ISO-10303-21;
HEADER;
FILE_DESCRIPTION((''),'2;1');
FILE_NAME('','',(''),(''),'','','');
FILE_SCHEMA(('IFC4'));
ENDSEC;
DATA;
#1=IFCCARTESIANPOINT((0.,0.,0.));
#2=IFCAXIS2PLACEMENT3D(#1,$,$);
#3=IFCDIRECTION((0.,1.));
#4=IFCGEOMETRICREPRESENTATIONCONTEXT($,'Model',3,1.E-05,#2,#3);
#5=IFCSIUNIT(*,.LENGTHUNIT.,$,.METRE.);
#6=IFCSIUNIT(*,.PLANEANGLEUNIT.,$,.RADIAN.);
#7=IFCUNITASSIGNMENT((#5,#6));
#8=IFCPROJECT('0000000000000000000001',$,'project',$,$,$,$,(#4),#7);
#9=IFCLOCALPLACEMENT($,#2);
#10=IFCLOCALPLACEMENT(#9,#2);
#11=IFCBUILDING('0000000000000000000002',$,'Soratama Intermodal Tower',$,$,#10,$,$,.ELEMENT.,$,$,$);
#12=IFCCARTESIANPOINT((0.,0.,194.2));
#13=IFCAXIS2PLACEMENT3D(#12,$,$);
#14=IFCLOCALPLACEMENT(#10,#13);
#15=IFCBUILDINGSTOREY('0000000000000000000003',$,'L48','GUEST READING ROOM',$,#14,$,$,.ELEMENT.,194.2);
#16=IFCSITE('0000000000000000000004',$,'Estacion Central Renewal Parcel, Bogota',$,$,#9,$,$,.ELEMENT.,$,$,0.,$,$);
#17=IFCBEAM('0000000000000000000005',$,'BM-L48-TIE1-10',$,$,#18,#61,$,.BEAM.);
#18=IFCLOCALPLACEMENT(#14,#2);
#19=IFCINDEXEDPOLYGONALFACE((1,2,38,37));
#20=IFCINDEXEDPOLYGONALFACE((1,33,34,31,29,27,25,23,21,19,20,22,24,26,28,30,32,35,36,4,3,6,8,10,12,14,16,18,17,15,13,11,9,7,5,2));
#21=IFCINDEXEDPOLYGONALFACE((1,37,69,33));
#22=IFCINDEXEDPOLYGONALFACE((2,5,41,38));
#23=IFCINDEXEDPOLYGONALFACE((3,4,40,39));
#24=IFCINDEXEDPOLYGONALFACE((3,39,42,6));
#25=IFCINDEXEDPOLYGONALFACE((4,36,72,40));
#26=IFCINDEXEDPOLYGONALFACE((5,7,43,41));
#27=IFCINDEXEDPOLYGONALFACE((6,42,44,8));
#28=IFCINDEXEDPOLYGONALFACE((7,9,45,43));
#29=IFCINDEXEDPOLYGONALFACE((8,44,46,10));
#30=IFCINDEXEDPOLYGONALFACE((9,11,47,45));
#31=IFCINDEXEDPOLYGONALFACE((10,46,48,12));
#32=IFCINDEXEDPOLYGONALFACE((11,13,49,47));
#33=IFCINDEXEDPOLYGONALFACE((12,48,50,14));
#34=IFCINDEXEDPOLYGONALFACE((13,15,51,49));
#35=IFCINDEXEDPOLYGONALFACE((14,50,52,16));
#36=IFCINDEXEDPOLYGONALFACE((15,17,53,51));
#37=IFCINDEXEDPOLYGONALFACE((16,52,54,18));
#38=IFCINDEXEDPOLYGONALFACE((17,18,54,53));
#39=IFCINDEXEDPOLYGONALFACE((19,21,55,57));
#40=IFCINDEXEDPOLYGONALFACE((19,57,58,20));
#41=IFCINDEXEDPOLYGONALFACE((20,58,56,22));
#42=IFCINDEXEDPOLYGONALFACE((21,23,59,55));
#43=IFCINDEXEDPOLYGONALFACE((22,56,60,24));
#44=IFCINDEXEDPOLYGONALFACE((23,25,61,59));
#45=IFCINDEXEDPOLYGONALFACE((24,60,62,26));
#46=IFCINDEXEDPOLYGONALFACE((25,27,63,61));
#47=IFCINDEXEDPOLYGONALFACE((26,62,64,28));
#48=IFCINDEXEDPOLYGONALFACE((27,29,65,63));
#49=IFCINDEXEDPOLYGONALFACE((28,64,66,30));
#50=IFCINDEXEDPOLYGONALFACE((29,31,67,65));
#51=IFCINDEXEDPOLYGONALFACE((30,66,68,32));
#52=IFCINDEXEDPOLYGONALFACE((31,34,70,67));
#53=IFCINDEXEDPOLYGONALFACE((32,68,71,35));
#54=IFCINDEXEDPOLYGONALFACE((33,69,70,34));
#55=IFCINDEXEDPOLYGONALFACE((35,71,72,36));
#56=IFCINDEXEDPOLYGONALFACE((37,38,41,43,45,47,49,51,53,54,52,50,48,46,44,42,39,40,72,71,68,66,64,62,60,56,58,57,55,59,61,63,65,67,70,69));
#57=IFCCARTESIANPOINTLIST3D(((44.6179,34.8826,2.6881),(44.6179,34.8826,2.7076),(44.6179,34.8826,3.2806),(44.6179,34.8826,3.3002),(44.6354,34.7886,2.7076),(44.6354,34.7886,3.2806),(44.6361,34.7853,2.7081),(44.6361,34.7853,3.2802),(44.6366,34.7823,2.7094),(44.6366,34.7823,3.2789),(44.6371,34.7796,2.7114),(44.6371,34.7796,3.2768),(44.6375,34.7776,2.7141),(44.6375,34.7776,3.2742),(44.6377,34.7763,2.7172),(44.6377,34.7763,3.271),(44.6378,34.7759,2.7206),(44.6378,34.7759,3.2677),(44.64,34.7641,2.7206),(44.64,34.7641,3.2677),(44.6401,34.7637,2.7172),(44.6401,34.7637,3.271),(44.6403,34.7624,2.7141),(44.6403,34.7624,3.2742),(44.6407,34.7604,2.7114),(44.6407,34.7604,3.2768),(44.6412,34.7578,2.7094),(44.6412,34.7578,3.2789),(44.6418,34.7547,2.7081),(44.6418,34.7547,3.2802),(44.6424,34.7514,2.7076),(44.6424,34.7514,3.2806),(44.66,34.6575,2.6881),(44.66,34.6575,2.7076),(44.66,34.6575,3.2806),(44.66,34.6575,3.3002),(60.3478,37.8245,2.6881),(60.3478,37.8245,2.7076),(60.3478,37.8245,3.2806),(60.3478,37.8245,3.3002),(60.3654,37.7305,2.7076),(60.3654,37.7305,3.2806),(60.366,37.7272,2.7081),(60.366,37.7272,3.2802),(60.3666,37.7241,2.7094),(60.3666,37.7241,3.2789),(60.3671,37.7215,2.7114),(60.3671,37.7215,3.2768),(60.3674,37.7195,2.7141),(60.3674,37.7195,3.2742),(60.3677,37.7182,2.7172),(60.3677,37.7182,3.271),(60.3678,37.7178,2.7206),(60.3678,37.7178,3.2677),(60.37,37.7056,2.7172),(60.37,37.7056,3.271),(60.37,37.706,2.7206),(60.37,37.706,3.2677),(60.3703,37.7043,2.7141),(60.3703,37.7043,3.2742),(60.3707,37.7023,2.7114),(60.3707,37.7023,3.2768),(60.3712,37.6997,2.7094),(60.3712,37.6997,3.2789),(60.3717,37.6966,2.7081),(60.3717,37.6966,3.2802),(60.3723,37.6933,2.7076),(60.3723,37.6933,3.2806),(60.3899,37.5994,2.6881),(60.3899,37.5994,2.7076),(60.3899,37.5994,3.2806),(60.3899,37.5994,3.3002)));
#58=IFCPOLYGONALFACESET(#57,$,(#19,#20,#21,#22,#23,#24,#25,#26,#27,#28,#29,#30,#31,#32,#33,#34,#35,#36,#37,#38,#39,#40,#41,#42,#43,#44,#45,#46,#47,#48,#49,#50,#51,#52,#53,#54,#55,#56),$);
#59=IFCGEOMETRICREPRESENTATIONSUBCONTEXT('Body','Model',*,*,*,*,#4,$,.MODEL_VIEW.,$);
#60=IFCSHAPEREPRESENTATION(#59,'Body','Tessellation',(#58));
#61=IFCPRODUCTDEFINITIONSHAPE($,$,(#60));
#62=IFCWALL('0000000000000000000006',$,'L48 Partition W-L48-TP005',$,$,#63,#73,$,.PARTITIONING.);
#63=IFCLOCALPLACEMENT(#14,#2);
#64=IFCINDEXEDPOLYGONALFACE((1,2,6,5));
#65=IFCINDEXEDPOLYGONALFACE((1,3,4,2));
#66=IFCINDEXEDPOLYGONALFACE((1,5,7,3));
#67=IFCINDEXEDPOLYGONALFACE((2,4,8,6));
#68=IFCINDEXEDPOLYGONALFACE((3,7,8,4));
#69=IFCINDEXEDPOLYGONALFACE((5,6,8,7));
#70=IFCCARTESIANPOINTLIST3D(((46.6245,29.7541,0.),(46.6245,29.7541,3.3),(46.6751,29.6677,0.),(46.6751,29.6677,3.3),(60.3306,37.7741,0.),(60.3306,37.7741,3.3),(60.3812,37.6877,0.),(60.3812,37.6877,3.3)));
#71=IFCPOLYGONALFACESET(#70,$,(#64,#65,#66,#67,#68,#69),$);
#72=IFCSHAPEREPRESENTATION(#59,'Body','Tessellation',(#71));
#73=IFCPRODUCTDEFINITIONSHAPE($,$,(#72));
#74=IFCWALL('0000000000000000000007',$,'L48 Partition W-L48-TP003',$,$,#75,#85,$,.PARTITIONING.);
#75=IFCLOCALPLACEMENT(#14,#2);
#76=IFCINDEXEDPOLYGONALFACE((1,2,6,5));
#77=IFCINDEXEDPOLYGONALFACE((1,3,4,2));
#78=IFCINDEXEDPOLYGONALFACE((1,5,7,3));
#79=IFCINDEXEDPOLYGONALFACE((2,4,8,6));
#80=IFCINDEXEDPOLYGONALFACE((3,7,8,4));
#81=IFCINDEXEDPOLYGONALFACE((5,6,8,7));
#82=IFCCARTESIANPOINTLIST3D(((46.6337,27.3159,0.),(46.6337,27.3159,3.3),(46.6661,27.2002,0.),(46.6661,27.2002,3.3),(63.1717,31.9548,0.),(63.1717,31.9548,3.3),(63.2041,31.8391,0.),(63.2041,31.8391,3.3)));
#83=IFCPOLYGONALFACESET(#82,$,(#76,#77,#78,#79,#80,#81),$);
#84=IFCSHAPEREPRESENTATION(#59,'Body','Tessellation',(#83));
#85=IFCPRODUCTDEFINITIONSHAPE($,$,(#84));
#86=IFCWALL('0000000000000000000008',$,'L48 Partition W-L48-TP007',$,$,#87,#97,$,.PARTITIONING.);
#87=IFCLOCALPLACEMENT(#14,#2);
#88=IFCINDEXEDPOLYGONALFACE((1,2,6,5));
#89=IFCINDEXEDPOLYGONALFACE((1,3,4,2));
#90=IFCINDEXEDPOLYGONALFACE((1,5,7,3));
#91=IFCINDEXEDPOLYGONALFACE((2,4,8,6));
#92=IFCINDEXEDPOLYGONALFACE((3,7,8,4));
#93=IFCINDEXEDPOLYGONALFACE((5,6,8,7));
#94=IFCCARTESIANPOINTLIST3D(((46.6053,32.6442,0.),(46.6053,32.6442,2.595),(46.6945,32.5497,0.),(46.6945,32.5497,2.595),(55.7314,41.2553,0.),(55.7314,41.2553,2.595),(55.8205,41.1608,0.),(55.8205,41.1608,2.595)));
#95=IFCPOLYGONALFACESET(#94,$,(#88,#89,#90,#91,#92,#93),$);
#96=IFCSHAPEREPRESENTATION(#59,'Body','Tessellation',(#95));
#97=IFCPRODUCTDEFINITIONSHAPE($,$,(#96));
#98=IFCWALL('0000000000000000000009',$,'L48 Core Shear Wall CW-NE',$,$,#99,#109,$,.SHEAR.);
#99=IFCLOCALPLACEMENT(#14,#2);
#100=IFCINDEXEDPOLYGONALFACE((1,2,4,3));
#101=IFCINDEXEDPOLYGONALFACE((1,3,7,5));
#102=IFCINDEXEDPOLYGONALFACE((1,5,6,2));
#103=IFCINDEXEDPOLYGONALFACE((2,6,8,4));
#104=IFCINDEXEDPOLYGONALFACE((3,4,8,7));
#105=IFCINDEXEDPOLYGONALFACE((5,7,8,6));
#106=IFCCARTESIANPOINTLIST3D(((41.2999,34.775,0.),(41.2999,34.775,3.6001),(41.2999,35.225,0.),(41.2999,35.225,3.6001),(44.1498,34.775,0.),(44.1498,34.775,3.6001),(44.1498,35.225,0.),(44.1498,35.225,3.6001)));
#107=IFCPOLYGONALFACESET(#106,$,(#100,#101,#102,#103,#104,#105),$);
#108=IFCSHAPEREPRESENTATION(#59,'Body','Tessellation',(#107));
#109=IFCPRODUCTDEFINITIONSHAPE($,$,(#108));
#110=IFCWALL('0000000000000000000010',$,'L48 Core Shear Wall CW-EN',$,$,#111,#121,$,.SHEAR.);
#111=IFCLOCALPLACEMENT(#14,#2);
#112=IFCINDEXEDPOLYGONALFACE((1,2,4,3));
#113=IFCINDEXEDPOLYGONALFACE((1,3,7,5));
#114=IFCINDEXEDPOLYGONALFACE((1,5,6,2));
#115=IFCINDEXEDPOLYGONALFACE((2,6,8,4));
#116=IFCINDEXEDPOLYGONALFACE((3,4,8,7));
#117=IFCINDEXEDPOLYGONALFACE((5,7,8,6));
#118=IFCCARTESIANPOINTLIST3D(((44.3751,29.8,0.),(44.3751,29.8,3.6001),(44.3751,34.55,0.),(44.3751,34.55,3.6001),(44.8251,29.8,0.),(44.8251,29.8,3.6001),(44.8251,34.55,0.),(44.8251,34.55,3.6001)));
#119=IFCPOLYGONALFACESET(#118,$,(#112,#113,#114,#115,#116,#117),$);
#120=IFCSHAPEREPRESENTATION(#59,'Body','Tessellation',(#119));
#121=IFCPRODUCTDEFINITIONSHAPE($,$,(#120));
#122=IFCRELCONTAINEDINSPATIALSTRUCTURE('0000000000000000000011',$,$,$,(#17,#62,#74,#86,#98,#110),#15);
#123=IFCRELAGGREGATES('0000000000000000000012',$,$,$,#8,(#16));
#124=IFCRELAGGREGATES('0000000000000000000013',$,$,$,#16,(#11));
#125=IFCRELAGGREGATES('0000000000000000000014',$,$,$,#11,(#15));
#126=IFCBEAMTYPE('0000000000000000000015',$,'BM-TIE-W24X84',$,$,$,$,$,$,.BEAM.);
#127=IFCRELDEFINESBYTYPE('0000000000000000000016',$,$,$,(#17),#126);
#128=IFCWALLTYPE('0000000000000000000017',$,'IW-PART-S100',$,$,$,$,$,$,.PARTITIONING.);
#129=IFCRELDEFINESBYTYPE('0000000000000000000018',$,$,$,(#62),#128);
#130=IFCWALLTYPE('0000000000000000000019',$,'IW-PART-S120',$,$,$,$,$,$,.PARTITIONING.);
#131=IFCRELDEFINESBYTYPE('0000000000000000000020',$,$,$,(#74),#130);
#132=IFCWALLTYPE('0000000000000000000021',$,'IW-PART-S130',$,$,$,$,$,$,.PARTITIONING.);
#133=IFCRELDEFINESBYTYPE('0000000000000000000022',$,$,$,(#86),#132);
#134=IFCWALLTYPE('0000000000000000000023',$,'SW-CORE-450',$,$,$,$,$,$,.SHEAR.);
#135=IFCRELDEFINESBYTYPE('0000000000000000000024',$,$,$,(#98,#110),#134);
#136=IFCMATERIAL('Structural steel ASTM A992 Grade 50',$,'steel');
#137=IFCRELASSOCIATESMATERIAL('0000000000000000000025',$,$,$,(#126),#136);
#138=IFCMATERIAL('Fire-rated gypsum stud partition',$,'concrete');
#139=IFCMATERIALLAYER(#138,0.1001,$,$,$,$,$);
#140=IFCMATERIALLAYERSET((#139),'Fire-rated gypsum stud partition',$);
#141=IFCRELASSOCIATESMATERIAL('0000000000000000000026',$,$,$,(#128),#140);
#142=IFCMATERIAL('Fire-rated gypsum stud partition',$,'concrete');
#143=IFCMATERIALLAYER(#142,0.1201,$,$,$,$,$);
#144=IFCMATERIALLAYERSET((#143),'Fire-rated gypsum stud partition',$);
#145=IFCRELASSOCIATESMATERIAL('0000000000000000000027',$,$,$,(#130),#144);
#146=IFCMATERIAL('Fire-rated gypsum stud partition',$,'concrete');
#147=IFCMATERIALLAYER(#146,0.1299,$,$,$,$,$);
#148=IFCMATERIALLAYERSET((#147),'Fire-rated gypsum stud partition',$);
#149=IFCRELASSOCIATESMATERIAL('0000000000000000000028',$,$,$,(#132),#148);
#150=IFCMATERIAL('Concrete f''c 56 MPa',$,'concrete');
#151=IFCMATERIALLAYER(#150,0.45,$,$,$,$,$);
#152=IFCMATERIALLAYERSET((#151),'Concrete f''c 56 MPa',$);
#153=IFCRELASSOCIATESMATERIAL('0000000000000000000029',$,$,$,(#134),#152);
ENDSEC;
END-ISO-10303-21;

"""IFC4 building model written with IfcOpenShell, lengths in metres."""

from ifc_helpers import new_model, si_unit, direction, frame, frame_2d, origin, origin_2d, place, context, subcontext, project, spatial, rectangle, i_section, extrude, material, layer, layer_set, material_profile, profile_set, type_object, element, save


model = new_model("IFC4")

# Units and contexts
model_context = context("Model", 3, precision=1e-05, world=origin(), true_north=direction((0.0, 1.0)))
body_context = subcontext(model_context, "Body", "Model", "MODEL_VIEW")
ifc_project = project(units=[si_unit("LENGTHUNIT", "METRE"), si_unit("PLANEANGLEUNIT", "RADIAN")], contexts=[model_context])

# Site, building, storey
site_placement = place(None, origin())
site = spatial("IfcSite", under=ifc_project, at=site_placement, Name="Estacion Central Renewal Parcel, Bogota", CompositionType="ELEMENT", RefElevation=0.0)
building_placement = place(site_placement, origin())
building = spatial("IfcBuilding", under=site, at=building_placement, Name="Soratama Intermodal Tower", CompositionType="ELEMENT")
storey_placement = place(building_placement, frame((0.0, 0.0, 194.2)))
storey = spatial("IfcBuildingStorey", under=building, at=storey_placement, Name="L48", Description="GUEST READING ROOM", CompositionType="ELEMENT", Elevation=194.2)

# Beam
ifc_material_1 = material(Name="Structural steel ASTM A992 Grade 50", Category="steel")
ifc_material_profile_1 = material_profile(ifc_material_1, i_section(OverallWidth=0.229, OverallDepth=0.6121, WebThickness=0.012, FlangeThickness=0.0195, FilletRadius=0.0129, at=origin_2d()), Name="W24X84")
ifc_profile_set_1 = profile_set([ifc_material_profile_1], Name="Structural steel ASTM A992 Grade 50")
beam_type_1 = type_object("IfcBeamType", Name="BM-TIE-W24X84", PredefinedType="BEAM", material=ifc_profile_set_1)
beam_1_placement = place(storey_placement, frame((44.6389, 34.77, 2.9941), z_axis=(0.982957, 0.183837, 0.0), x_axis=(-0.183837, 0.982957, 0.0)))
element("IfcBeam", 1, at=beam_1_placement, inside=storey, type_object=beam_type_1, Name="BM-L48-TIE1-10", PredefinedType="BEAM", context=body_context, shape_type="SweptSolid", body=[
    extrude(i_section(OverallWidth=0.229, OverallDepth=0.6121, WebThickness=0.012, FlangeThickness=0.0195, FilletRadius=0.0129, at=origin_2d()), origin(), (0.0, 0.0, 1.0), 16.0027),
])

# Walls
ifc_material_2 = material(Name="Fire-rated gypsum stud partition", Category="concrete")
ifc_layer_1 = layer(ifc_material_2, 0.1001)
ifc_layer_set_1 = layer_set([ifc_layer_1], Name="Fire-rated gypsum stud partition")
wall_type_1 = type_object("IfcWallType", Name="IW-PART-S100", PredefinedType="PARTITIONING", material=ifc_layer_set_1)
wall_1_placement = place(storey_placement, frame((46.6499, 29.7109, 0.0), z_axis=(0.0, 0.0, 1.0), x_axis=(0.863098, 0.505037, 0.0)))
element("IfcWall", 2, at=wall_1_placement, inside=storey, type_object=wall_type_1, Name="L48 Partition W-L48-TP005", PredefinedType="PARTITIONING", context=body_context, shape_type="SweptSolid", body=[
    extrude(rectangle(XDim=15.8801, YDim=0.1001, at=frame_2d((7.9399, 0.0))), origin(), (0.0, 0.0, 1.0), 3.3),
])
ifc_material_3 = material(Name="Fire-rated gypsum stud partition", Category="concrete")
ifc_layer_2 = layer(ifc_material_3, 0.1201)
ifc_layer_set_2 = layer_set([ifc_layer_2], Name="Fire-rated gypsum stud partition")
wall_type_2 = type_object("IfcWallType", Name="IW-PART-S120", PredefinedType="PARTITIONING", material=ifc_layer_set_2)
wall_2_placement = place(storey_placement, frame((46.6499, 27.2581, 0.0), z_axis=(0.0, 0.0, 1.0), x_axis=(0.962839, 0.270075, 0.0)))
element("IfcWall", 3, at=wall_2_placement, inside=storey, type_object=wall_type_2, Name="L48 Partition W-L48-TP003", PredefinedType="PARTITIONING", context=body_context, shape_type="SweptSolid", body=[
    extrude(rectangle(XDim=17.1763, YDim=0.1201, at=frame_2d((8.5881, 0.0))), origin(), (0.0, 0.0, 1.0), 3.3),
])
ifc_material_4 = material(Name="Fire-rated gypsum stud partition", Category="concrete")
ifc_layer_3 = layer(ifc_material_4, 0.1299)
ifc_layer_set_3 = layer_set([ifc_layer_3], Name="Fire-rated gypsum stud partition")
wall_type_3 = type_object("IfcWallType", Name="IW-PART-S130", PredefinedType="PARTITIONING", material=ifc_layer_set_3)
wall_3_placement = place(storey_placement, frame((46.6499, 32.5969, 0.0), z_axis=(0.0, 0.0, 1.0), x_axis=(0.727327, 0.686291, 0.0)))
element("IfcWall", 4, at=wall_3_placement, inside=storey, type_object=wall_type_3, Name="L48 Partition W-L48-TP007", PredefinedType="PARTITIONING", context=body_context, shape_type="SweptSolid", body=[
    extrude(rectangle(XDim=12.5474, YDim=0.1299, at=frame_2d((6.2737, 0.0))), origin(), (0.0, 0.0, 1.0), 2.595),
])
ifc_material_5 = material(Name="Concrete f'c 56 MPa", Category="concrete")
ifc_layer_4 = layer(ifc_material_5, 0.45)
ifc_layer_set_4 = layer_set([ifc_layer_4], Name="Concrete f'c 56 MPa")
wall_type_4 = type_object("IfcWallType", Name="SW-CORE-450", PredefinedType="SHEAR", material=ifc_layer_set_4)
wall_4_placement = place(storey_placement, frame((41.3, 35.0, 0.0), z_axis=(0.0, 0.0, 1.0), x_axis=(1.0, 0.0, 0.0)))
element("IfcWall", 5, at=wall_4_placement, inside=storey, type_object=wall_type_4, Name="L48 Core Shear Wall CW-NE", PredefinedType="SHEAR", context=body_context, shape_type="SweptSolid", body=[
    extrude(rectangle(XDim=2.8499, YDim=0.45, at=frame_2d((1.4248, 0.0))), origin(), (0.0, 0.0, 1.0), 3.6001),
])
wall_5_placement = place(storey_placement, frame((44.6001, 29.8, 0.0), z_axis=(0.0, 0.0, 1.0), x_axis=(0.0, 1.0, 0.0)))
element("IfcWall", 6, at=wall_5_placement, inside=storey, type_object=wall_type_4, Name="L48 Core Shear Wall CW-EN", PredefinedType="SHEAR", context=body_context, shape_type="SweptSolid", body=[
    extrude(rectangle(XDim=4.75, YDim=0.45, at=frame_2d((2.375, 0.0))), origin(), (0.0, 0.0, 1.0), 3.6001),
])

save(model, "model.ifc")
